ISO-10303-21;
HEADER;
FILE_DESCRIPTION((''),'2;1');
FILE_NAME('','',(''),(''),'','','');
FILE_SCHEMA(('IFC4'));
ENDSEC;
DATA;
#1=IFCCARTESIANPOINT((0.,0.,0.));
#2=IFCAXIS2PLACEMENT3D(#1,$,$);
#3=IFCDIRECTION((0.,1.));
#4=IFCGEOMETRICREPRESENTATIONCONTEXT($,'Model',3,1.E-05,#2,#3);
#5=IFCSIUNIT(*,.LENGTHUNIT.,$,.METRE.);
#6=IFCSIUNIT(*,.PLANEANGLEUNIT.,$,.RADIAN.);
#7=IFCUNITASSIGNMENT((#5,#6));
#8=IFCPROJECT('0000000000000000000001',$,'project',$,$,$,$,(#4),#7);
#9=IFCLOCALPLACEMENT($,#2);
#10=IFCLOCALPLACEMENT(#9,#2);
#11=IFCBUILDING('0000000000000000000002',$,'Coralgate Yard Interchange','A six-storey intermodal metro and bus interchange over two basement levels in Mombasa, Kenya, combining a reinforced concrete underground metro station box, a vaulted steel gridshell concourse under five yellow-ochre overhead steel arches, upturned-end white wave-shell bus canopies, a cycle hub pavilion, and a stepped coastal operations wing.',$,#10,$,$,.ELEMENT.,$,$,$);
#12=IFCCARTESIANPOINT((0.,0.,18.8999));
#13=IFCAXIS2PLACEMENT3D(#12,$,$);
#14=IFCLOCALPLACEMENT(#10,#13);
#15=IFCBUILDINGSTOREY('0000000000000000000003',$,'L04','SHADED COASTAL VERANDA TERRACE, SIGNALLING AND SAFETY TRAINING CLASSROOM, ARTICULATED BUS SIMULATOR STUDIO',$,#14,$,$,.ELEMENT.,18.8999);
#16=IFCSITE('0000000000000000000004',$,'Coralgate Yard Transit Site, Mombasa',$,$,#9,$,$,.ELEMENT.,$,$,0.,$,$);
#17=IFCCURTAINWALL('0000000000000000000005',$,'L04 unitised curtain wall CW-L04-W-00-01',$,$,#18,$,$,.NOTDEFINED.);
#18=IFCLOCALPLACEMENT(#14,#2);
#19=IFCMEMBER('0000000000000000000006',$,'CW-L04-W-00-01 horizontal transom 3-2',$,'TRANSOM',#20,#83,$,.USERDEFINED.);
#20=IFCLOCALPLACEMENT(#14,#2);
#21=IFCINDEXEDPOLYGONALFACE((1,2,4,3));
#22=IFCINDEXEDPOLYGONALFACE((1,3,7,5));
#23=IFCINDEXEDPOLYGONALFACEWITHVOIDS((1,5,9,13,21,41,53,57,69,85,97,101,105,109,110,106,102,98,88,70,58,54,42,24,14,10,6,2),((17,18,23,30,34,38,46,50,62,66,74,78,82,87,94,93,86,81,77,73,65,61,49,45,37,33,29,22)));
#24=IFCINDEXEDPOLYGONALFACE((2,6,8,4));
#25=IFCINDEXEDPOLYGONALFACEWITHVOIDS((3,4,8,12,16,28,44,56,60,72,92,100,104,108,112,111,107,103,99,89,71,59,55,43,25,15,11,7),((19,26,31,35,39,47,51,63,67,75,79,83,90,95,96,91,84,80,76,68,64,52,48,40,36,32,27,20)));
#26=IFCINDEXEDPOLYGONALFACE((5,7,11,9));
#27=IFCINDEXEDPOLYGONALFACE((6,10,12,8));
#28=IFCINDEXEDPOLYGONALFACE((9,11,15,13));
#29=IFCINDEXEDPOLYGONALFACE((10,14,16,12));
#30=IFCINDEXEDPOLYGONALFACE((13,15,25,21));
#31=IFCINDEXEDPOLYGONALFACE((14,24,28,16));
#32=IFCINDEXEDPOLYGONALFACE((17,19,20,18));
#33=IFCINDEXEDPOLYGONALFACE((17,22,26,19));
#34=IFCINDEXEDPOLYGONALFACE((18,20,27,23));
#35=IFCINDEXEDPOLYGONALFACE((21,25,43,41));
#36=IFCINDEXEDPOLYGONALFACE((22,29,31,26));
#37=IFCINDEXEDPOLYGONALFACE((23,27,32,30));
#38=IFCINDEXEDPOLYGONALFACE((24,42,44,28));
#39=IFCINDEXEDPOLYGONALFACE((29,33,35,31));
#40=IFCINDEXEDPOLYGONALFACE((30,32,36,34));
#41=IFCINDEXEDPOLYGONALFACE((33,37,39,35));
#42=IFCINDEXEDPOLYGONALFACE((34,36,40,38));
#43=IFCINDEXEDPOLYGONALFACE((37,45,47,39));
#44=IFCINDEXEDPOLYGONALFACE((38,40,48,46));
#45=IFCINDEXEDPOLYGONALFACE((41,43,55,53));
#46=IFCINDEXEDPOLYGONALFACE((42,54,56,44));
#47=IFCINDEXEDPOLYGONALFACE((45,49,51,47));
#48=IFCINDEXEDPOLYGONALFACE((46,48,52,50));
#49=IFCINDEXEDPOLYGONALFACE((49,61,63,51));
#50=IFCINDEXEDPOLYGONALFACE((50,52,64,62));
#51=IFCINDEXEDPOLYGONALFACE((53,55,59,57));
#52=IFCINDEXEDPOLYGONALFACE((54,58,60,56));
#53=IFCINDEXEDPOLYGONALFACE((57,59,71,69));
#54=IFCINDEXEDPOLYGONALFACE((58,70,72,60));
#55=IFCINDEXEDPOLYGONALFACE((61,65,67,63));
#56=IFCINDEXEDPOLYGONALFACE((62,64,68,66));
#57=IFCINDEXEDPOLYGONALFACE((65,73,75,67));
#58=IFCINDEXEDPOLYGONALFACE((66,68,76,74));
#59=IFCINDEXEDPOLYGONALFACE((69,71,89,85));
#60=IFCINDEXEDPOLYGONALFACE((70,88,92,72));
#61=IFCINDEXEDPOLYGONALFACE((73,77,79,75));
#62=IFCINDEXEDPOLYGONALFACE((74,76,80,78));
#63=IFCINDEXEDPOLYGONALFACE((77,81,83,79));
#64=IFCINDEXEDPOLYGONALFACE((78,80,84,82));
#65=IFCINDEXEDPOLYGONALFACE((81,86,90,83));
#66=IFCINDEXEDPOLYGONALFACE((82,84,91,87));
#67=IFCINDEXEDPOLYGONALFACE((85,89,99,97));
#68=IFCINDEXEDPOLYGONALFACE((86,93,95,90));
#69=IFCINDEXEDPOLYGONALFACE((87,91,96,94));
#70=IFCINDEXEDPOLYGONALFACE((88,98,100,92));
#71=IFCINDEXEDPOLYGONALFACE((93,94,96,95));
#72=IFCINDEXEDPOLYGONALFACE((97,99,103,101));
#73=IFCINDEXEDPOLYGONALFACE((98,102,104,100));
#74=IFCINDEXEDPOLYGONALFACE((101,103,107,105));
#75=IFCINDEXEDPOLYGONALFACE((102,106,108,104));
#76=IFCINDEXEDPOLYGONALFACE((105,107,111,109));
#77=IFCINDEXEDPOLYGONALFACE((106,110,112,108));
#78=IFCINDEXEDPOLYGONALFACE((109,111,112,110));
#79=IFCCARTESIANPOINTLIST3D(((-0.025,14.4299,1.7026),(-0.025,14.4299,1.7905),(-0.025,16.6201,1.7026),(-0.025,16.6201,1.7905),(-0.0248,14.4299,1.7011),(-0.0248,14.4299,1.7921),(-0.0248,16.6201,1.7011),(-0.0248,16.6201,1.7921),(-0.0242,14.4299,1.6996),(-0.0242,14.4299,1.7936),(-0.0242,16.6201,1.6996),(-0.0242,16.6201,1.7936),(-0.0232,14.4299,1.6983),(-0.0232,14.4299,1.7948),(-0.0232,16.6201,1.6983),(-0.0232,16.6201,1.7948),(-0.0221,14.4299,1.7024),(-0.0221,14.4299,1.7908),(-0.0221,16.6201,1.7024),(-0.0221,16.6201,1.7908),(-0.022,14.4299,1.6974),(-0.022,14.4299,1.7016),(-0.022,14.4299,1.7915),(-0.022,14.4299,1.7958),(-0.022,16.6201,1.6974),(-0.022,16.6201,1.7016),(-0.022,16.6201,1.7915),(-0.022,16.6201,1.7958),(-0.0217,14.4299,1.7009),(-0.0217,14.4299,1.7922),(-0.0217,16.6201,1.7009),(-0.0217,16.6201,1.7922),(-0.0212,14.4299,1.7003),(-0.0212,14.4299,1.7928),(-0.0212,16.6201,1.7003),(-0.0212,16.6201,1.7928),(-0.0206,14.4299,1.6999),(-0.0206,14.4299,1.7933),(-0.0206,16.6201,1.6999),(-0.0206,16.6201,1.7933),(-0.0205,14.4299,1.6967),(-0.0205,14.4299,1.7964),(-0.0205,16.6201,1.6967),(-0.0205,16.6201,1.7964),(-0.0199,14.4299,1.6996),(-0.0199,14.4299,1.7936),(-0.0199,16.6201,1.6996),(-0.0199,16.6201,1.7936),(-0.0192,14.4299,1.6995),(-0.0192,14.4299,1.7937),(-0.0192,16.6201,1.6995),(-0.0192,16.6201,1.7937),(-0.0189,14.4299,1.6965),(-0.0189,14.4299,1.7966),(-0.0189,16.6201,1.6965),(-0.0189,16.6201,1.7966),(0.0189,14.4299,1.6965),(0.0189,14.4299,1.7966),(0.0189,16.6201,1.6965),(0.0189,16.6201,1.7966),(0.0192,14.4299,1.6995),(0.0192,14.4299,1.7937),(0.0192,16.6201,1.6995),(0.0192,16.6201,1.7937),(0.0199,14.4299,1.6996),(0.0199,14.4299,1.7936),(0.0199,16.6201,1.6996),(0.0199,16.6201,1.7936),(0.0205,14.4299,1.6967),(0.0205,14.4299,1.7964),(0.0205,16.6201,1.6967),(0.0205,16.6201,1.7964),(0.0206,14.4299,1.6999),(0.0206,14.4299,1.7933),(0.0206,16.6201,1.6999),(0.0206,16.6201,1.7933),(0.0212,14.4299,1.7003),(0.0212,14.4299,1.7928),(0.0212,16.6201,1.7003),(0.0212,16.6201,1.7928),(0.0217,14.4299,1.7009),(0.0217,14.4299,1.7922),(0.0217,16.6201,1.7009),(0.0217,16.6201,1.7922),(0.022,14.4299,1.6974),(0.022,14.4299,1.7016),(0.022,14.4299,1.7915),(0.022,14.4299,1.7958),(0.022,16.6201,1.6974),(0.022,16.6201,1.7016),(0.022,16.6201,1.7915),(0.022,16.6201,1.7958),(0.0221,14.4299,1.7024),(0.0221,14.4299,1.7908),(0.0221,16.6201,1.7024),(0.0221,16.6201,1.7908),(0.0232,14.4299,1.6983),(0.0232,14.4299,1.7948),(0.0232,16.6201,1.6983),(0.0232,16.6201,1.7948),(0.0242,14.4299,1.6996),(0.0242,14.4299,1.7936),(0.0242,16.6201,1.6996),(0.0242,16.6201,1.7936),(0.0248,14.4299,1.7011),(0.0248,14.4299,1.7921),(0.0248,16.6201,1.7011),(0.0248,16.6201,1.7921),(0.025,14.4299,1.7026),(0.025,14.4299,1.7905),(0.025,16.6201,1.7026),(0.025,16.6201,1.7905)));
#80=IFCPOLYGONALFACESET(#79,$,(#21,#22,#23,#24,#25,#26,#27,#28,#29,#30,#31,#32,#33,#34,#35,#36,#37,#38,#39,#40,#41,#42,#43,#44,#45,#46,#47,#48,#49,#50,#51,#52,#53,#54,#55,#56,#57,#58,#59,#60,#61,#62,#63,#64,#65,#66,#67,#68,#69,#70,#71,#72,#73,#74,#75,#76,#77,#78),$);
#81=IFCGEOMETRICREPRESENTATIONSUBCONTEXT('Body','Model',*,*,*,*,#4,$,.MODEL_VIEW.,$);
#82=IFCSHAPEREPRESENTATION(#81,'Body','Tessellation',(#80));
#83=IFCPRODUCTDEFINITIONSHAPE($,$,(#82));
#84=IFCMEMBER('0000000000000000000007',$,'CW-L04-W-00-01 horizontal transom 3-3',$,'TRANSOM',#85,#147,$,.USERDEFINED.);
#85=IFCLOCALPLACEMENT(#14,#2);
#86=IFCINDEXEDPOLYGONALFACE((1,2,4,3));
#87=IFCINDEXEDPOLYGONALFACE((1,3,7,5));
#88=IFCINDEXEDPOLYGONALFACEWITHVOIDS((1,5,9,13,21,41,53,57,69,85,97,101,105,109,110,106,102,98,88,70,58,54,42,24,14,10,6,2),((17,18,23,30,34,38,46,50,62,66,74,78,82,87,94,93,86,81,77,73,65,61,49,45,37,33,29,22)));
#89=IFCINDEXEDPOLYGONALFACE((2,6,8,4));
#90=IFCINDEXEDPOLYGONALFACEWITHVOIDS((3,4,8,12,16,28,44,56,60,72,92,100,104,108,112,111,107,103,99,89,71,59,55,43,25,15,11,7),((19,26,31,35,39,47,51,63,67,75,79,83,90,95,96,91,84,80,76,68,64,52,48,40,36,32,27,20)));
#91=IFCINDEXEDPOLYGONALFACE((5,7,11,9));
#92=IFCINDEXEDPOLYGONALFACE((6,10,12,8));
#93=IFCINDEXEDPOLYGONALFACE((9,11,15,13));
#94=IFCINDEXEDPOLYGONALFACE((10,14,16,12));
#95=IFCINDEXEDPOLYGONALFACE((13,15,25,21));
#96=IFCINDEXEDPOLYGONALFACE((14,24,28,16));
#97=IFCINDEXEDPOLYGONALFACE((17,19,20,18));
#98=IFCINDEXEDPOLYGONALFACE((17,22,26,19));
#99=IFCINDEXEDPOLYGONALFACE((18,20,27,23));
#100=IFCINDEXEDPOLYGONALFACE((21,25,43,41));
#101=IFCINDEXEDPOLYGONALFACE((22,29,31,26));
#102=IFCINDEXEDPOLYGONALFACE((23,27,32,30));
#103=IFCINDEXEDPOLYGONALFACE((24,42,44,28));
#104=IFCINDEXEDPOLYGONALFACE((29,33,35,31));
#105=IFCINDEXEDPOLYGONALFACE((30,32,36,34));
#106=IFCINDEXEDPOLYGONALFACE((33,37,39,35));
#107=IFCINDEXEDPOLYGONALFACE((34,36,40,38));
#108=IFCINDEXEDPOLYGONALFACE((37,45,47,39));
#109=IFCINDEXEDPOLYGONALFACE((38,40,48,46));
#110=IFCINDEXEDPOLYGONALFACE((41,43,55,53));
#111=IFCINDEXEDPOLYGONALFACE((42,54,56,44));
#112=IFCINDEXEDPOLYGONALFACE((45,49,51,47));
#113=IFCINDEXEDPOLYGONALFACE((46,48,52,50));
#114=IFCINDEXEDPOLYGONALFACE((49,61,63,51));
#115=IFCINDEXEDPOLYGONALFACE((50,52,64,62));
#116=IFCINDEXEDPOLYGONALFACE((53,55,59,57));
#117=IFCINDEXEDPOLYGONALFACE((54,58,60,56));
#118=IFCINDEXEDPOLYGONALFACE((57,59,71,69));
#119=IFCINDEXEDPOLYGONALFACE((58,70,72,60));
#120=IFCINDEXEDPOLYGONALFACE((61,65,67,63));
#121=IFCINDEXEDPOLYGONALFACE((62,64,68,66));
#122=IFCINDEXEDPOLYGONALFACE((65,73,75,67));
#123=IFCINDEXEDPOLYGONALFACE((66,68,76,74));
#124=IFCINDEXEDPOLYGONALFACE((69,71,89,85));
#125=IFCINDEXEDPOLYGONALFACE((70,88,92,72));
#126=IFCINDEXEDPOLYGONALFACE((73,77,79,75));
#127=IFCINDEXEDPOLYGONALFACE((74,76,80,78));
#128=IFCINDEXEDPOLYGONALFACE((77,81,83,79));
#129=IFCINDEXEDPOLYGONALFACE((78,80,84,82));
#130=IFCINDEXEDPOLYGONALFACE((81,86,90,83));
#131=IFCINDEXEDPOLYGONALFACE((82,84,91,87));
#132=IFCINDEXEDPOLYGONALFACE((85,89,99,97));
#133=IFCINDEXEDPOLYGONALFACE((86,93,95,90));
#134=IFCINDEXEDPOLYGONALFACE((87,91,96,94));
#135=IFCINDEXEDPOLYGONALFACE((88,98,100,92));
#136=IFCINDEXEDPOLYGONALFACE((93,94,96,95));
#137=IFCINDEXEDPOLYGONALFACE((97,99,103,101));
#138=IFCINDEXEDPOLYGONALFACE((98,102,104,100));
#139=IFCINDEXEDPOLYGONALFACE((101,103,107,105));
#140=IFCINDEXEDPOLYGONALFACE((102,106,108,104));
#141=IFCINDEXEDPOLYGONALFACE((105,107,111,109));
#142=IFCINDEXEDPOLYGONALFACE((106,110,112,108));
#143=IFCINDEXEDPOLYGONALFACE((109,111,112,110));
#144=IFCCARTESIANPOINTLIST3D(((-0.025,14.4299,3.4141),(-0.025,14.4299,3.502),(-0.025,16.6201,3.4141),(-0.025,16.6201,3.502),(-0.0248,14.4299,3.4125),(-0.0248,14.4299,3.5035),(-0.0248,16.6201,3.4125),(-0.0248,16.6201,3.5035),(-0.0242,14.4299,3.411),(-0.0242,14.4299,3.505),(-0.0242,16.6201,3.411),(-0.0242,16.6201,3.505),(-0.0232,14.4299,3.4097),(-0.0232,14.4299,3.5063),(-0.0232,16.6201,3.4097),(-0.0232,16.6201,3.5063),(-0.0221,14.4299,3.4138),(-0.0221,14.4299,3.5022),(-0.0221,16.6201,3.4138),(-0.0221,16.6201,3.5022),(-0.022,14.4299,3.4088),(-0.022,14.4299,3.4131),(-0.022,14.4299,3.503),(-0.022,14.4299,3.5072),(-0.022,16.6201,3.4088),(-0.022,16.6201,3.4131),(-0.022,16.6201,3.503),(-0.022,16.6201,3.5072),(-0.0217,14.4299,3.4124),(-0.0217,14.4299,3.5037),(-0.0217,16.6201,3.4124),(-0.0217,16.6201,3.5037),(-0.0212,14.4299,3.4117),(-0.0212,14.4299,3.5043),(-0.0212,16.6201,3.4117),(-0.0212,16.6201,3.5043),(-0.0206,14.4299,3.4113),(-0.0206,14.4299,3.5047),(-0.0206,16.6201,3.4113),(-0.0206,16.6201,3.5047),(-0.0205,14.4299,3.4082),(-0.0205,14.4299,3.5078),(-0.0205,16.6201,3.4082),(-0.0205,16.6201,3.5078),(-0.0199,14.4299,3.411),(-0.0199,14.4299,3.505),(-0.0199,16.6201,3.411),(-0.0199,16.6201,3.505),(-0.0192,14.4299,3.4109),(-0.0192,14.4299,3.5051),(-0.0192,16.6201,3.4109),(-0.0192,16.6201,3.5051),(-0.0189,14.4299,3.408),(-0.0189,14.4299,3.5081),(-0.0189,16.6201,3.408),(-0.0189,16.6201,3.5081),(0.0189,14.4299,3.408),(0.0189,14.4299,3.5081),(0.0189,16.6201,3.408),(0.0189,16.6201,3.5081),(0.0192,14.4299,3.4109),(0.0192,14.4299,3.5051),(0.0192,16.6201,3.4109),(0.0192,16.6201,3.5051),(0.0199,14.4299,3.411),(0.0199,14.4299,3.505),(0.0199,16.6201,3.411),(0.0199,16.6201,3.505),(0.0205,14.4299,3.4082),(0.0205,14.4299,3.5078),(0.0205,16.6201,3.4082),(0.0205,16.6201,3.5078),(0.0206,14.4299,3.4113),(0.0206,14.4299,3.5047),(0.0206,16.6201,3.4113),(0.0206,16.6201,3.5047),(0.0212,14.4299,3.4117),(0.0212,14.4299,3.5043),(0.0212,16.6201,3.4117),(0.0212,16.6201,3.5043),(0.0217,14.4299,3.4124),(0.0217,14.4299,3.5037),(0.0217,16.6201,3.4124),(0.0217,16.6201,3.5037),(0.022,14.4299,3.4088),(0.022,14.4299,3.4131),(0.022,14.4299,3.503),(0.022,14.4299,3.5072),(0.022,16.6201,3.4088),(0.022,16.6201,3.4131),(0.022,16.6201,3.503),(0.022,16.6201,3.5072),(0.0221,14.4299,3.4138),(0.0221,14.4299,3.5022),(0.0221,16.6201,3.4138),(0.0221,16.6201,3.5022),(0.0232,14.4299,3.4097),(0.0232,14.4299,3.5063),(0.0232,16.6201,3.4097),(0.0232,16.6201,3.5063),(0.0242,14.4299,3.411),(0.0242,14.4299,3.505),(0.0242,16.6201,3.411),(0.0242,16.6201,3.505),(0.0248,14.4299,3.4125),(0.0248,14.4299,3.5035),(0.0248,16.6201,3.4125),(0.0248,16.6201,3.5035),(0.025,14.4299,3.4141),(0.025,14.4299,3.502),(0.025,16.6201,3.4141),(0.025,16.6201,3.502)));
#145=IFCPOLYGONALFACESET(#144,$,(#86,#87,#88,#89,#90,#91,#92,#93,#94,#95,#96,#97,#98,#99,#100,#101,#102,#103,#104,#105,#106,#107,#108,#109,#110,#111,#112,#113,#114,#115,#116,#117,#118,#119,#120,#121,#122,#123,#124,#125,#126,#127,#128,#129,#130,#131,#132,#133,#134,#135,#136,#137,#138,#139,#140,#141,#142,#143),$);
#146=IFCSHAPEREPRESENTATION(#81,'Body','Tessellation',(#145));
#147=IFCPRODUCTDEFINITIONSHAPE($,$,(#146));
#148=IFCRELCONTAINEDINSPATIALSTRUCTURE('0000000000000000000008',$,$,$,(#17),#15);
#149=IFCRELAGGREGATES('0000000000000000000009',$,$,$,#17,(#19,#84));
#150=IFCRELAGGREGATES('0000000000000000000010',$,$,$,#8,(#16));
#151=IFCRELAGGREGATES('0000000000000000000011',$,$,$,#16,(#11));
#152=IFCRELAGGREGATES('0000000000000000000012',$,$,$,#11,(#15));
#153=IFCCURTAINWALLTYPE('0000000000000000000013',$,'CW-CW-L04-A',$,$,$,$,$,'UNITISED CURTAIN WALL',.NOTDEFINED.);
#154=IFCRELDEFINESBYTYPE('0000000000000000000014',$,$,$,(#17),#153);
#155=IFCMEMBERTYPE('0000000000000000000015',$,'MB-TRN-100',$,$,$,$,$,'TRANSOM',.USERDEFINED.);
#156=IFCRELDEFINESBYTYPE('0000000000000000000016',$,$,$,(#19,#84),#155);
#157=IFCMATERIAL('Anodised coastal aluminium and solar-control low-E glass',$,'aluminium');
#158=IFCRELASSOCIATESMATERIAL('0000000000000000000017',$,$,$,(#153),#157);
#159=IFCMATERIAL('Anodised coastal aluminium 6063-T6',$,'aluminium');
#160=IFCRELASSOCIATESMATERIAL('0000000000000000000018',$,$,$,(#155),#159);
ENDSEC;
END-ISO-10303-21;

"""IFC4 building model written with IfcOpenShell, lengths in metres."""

from ifc_helpers import new_model, si_unit, direction, frame, origin, origin_2d, place, context, subcontext, project, spatial, hollow_rectangle, extrude, material, material_profile, profile_set, type_object, element, aggregate, save


model = new_model("IFC4")

# Units and contexts
model_context = context("Model", 3, precision=1e-05, world=origin(), true_north=direction((0.0, 1.0)))
body_context = subcontext(model_context, "Body", "Model", "MODEL_VIEW")
ifc_project = project(units=[si_unit("LENGTHUNIT", "METRE"), si_unit("PLANEANGLEUNIT", "RADIAN")], contexts=[model_context])

# Site, building, storey
site_placement = place(None, origin())
site = spatial("IfcSite", under=ifc_project, at=site_placement, Name="Coralgate Yard Transit Site, Mombasa", CompositionType="ELEMENT", RefElevation=0.0)
building_placement = place(site_placement, origin())
building = spatial("IfcBuilding", under=site, at=building_placement, Name="Coralgate Yard Interchange", Description="A six-storey intermodal metro and bus interchange over two basement levels in Mombasa, Kenya, combining a reinforced concrete underground metro station box, a vaulted steel gridshell concourse under five yellow-ochre overhead steel arches, upturned-end white wave-shell bus canopies, a cycle hub pavilion, and a stepped coastal operations wing.", CompositionType="ELEMENT")
storey_placement = place(building_placement, frame((0.0, 0.0, 18.8999)))
storey = spatial("IfcBuildingStorey", under=building, at=storey_placement, Name="L04", Description="SHADED COASTAL VERANDA TERRACE, SIGNALLING AND SAFETY TRAINING CLASSROOM, ARTICULATED BUS SIMULATOR STUDIO", CompositionType="ELEMENT", Elevation=18.8999)

# Curtain wall, members
ifc_material_1 = material(Name="Anodised coastal aluminium and solar-control low-E glass", Category="aluminium")
curtain_wall_type = type_object("IfcCurtainWallType", Name="CW-CW-L04-A", ElementType="UNITISED CURTAIN WALL", PredefinedType="NOTDEFINED", material=ifc_material_1)
curtain_wall_placement = place(storey_placement, origin())
curtain_wall = element("IfcCurtainWall", 1, at=curtain_wall_placement, inside=storey, type_object=curtain_wall_type, Name="L04 unitised curtain wall CW-L04-W-00-01", PredefinedType="NOTDEFINED")
ifc_material_2 = material(Name="Anodised coastal aluminium 6063-T6", Category="aluminium")
ifc_material_profile_1 = material_profile(ifc_material_2, hollow_rectangle(XDim=0.05, YDim=0.1001, WallThickness=0.0029, InnerFilletRadius=0.0029, OuterFilletRadius=0.0061, at=origin_2d()), Name="ALU 50x100x3")
ifc_profile_set_1 = profile_set([ifc_material_profile_1], Name="Anodised coastal aluminium 6063-T6")
member_type_1 = type_object("IfcMemberType", Name="MB-TRN-100", ElementType="TRANSOM", PredefinedType="USERDEFINED", material=ifc_profile_set_1)
member_1_placement = place(storey_placement, frame((0.0, 14.4299, 1.7466), z_axis=(0.0, 1.0, 0.0), x_axis=(-1.0, 0.0, 0.0)))
member_1 = element("IfcMember", 2, at=member_1_placement, type_object=member_type_1, Name="CW-L04-W-00-01 horizontal transom 3-2", ObjectType="TRANSOM", PredefinedType="USERDEFINED", context=body_context, shape_type="SweptSolid", body=[
    extrude(hollow_rectangle(XDim=0.05, YDim=0.1001, WallThickness=0.0029, InnerFilletRadius=0.0029, OuterFilletRadius=0.0061, at=origin_2d()), origin(), (0.0, 0.0, 1.0), 2.1902),
])
member_2_placement = place(storey_placement, frame((0.0, 14.4299, 3.458), z_axis=(0.0, 1.0, 0.0), x_axis=(-1.0, 0.0, 0.0)))
member_2 = element("IfcMember", 3, at=member_2_placement, type_object=member_type_1, Name="CW-L04-W-00-01 horizontal transom 3-3", ObjectType="TRANSOM", PredefinedType="USERDEFINED", context=body_context, shape_type="SweptSolid", body=[
    extrude(hollow_rectangle(XDim=0.05, YDim=0.1001, WallThickness=0.0029, InnerFilletRadius=0.0029, OuterFilletRadius=0.0061, at=origin_2d()), origin(), (0.0, 0.0, 1.0), 2.1902),
])
aggregate(curtain_wall, [member_1, member_2])

save(model, "model.ifc")
